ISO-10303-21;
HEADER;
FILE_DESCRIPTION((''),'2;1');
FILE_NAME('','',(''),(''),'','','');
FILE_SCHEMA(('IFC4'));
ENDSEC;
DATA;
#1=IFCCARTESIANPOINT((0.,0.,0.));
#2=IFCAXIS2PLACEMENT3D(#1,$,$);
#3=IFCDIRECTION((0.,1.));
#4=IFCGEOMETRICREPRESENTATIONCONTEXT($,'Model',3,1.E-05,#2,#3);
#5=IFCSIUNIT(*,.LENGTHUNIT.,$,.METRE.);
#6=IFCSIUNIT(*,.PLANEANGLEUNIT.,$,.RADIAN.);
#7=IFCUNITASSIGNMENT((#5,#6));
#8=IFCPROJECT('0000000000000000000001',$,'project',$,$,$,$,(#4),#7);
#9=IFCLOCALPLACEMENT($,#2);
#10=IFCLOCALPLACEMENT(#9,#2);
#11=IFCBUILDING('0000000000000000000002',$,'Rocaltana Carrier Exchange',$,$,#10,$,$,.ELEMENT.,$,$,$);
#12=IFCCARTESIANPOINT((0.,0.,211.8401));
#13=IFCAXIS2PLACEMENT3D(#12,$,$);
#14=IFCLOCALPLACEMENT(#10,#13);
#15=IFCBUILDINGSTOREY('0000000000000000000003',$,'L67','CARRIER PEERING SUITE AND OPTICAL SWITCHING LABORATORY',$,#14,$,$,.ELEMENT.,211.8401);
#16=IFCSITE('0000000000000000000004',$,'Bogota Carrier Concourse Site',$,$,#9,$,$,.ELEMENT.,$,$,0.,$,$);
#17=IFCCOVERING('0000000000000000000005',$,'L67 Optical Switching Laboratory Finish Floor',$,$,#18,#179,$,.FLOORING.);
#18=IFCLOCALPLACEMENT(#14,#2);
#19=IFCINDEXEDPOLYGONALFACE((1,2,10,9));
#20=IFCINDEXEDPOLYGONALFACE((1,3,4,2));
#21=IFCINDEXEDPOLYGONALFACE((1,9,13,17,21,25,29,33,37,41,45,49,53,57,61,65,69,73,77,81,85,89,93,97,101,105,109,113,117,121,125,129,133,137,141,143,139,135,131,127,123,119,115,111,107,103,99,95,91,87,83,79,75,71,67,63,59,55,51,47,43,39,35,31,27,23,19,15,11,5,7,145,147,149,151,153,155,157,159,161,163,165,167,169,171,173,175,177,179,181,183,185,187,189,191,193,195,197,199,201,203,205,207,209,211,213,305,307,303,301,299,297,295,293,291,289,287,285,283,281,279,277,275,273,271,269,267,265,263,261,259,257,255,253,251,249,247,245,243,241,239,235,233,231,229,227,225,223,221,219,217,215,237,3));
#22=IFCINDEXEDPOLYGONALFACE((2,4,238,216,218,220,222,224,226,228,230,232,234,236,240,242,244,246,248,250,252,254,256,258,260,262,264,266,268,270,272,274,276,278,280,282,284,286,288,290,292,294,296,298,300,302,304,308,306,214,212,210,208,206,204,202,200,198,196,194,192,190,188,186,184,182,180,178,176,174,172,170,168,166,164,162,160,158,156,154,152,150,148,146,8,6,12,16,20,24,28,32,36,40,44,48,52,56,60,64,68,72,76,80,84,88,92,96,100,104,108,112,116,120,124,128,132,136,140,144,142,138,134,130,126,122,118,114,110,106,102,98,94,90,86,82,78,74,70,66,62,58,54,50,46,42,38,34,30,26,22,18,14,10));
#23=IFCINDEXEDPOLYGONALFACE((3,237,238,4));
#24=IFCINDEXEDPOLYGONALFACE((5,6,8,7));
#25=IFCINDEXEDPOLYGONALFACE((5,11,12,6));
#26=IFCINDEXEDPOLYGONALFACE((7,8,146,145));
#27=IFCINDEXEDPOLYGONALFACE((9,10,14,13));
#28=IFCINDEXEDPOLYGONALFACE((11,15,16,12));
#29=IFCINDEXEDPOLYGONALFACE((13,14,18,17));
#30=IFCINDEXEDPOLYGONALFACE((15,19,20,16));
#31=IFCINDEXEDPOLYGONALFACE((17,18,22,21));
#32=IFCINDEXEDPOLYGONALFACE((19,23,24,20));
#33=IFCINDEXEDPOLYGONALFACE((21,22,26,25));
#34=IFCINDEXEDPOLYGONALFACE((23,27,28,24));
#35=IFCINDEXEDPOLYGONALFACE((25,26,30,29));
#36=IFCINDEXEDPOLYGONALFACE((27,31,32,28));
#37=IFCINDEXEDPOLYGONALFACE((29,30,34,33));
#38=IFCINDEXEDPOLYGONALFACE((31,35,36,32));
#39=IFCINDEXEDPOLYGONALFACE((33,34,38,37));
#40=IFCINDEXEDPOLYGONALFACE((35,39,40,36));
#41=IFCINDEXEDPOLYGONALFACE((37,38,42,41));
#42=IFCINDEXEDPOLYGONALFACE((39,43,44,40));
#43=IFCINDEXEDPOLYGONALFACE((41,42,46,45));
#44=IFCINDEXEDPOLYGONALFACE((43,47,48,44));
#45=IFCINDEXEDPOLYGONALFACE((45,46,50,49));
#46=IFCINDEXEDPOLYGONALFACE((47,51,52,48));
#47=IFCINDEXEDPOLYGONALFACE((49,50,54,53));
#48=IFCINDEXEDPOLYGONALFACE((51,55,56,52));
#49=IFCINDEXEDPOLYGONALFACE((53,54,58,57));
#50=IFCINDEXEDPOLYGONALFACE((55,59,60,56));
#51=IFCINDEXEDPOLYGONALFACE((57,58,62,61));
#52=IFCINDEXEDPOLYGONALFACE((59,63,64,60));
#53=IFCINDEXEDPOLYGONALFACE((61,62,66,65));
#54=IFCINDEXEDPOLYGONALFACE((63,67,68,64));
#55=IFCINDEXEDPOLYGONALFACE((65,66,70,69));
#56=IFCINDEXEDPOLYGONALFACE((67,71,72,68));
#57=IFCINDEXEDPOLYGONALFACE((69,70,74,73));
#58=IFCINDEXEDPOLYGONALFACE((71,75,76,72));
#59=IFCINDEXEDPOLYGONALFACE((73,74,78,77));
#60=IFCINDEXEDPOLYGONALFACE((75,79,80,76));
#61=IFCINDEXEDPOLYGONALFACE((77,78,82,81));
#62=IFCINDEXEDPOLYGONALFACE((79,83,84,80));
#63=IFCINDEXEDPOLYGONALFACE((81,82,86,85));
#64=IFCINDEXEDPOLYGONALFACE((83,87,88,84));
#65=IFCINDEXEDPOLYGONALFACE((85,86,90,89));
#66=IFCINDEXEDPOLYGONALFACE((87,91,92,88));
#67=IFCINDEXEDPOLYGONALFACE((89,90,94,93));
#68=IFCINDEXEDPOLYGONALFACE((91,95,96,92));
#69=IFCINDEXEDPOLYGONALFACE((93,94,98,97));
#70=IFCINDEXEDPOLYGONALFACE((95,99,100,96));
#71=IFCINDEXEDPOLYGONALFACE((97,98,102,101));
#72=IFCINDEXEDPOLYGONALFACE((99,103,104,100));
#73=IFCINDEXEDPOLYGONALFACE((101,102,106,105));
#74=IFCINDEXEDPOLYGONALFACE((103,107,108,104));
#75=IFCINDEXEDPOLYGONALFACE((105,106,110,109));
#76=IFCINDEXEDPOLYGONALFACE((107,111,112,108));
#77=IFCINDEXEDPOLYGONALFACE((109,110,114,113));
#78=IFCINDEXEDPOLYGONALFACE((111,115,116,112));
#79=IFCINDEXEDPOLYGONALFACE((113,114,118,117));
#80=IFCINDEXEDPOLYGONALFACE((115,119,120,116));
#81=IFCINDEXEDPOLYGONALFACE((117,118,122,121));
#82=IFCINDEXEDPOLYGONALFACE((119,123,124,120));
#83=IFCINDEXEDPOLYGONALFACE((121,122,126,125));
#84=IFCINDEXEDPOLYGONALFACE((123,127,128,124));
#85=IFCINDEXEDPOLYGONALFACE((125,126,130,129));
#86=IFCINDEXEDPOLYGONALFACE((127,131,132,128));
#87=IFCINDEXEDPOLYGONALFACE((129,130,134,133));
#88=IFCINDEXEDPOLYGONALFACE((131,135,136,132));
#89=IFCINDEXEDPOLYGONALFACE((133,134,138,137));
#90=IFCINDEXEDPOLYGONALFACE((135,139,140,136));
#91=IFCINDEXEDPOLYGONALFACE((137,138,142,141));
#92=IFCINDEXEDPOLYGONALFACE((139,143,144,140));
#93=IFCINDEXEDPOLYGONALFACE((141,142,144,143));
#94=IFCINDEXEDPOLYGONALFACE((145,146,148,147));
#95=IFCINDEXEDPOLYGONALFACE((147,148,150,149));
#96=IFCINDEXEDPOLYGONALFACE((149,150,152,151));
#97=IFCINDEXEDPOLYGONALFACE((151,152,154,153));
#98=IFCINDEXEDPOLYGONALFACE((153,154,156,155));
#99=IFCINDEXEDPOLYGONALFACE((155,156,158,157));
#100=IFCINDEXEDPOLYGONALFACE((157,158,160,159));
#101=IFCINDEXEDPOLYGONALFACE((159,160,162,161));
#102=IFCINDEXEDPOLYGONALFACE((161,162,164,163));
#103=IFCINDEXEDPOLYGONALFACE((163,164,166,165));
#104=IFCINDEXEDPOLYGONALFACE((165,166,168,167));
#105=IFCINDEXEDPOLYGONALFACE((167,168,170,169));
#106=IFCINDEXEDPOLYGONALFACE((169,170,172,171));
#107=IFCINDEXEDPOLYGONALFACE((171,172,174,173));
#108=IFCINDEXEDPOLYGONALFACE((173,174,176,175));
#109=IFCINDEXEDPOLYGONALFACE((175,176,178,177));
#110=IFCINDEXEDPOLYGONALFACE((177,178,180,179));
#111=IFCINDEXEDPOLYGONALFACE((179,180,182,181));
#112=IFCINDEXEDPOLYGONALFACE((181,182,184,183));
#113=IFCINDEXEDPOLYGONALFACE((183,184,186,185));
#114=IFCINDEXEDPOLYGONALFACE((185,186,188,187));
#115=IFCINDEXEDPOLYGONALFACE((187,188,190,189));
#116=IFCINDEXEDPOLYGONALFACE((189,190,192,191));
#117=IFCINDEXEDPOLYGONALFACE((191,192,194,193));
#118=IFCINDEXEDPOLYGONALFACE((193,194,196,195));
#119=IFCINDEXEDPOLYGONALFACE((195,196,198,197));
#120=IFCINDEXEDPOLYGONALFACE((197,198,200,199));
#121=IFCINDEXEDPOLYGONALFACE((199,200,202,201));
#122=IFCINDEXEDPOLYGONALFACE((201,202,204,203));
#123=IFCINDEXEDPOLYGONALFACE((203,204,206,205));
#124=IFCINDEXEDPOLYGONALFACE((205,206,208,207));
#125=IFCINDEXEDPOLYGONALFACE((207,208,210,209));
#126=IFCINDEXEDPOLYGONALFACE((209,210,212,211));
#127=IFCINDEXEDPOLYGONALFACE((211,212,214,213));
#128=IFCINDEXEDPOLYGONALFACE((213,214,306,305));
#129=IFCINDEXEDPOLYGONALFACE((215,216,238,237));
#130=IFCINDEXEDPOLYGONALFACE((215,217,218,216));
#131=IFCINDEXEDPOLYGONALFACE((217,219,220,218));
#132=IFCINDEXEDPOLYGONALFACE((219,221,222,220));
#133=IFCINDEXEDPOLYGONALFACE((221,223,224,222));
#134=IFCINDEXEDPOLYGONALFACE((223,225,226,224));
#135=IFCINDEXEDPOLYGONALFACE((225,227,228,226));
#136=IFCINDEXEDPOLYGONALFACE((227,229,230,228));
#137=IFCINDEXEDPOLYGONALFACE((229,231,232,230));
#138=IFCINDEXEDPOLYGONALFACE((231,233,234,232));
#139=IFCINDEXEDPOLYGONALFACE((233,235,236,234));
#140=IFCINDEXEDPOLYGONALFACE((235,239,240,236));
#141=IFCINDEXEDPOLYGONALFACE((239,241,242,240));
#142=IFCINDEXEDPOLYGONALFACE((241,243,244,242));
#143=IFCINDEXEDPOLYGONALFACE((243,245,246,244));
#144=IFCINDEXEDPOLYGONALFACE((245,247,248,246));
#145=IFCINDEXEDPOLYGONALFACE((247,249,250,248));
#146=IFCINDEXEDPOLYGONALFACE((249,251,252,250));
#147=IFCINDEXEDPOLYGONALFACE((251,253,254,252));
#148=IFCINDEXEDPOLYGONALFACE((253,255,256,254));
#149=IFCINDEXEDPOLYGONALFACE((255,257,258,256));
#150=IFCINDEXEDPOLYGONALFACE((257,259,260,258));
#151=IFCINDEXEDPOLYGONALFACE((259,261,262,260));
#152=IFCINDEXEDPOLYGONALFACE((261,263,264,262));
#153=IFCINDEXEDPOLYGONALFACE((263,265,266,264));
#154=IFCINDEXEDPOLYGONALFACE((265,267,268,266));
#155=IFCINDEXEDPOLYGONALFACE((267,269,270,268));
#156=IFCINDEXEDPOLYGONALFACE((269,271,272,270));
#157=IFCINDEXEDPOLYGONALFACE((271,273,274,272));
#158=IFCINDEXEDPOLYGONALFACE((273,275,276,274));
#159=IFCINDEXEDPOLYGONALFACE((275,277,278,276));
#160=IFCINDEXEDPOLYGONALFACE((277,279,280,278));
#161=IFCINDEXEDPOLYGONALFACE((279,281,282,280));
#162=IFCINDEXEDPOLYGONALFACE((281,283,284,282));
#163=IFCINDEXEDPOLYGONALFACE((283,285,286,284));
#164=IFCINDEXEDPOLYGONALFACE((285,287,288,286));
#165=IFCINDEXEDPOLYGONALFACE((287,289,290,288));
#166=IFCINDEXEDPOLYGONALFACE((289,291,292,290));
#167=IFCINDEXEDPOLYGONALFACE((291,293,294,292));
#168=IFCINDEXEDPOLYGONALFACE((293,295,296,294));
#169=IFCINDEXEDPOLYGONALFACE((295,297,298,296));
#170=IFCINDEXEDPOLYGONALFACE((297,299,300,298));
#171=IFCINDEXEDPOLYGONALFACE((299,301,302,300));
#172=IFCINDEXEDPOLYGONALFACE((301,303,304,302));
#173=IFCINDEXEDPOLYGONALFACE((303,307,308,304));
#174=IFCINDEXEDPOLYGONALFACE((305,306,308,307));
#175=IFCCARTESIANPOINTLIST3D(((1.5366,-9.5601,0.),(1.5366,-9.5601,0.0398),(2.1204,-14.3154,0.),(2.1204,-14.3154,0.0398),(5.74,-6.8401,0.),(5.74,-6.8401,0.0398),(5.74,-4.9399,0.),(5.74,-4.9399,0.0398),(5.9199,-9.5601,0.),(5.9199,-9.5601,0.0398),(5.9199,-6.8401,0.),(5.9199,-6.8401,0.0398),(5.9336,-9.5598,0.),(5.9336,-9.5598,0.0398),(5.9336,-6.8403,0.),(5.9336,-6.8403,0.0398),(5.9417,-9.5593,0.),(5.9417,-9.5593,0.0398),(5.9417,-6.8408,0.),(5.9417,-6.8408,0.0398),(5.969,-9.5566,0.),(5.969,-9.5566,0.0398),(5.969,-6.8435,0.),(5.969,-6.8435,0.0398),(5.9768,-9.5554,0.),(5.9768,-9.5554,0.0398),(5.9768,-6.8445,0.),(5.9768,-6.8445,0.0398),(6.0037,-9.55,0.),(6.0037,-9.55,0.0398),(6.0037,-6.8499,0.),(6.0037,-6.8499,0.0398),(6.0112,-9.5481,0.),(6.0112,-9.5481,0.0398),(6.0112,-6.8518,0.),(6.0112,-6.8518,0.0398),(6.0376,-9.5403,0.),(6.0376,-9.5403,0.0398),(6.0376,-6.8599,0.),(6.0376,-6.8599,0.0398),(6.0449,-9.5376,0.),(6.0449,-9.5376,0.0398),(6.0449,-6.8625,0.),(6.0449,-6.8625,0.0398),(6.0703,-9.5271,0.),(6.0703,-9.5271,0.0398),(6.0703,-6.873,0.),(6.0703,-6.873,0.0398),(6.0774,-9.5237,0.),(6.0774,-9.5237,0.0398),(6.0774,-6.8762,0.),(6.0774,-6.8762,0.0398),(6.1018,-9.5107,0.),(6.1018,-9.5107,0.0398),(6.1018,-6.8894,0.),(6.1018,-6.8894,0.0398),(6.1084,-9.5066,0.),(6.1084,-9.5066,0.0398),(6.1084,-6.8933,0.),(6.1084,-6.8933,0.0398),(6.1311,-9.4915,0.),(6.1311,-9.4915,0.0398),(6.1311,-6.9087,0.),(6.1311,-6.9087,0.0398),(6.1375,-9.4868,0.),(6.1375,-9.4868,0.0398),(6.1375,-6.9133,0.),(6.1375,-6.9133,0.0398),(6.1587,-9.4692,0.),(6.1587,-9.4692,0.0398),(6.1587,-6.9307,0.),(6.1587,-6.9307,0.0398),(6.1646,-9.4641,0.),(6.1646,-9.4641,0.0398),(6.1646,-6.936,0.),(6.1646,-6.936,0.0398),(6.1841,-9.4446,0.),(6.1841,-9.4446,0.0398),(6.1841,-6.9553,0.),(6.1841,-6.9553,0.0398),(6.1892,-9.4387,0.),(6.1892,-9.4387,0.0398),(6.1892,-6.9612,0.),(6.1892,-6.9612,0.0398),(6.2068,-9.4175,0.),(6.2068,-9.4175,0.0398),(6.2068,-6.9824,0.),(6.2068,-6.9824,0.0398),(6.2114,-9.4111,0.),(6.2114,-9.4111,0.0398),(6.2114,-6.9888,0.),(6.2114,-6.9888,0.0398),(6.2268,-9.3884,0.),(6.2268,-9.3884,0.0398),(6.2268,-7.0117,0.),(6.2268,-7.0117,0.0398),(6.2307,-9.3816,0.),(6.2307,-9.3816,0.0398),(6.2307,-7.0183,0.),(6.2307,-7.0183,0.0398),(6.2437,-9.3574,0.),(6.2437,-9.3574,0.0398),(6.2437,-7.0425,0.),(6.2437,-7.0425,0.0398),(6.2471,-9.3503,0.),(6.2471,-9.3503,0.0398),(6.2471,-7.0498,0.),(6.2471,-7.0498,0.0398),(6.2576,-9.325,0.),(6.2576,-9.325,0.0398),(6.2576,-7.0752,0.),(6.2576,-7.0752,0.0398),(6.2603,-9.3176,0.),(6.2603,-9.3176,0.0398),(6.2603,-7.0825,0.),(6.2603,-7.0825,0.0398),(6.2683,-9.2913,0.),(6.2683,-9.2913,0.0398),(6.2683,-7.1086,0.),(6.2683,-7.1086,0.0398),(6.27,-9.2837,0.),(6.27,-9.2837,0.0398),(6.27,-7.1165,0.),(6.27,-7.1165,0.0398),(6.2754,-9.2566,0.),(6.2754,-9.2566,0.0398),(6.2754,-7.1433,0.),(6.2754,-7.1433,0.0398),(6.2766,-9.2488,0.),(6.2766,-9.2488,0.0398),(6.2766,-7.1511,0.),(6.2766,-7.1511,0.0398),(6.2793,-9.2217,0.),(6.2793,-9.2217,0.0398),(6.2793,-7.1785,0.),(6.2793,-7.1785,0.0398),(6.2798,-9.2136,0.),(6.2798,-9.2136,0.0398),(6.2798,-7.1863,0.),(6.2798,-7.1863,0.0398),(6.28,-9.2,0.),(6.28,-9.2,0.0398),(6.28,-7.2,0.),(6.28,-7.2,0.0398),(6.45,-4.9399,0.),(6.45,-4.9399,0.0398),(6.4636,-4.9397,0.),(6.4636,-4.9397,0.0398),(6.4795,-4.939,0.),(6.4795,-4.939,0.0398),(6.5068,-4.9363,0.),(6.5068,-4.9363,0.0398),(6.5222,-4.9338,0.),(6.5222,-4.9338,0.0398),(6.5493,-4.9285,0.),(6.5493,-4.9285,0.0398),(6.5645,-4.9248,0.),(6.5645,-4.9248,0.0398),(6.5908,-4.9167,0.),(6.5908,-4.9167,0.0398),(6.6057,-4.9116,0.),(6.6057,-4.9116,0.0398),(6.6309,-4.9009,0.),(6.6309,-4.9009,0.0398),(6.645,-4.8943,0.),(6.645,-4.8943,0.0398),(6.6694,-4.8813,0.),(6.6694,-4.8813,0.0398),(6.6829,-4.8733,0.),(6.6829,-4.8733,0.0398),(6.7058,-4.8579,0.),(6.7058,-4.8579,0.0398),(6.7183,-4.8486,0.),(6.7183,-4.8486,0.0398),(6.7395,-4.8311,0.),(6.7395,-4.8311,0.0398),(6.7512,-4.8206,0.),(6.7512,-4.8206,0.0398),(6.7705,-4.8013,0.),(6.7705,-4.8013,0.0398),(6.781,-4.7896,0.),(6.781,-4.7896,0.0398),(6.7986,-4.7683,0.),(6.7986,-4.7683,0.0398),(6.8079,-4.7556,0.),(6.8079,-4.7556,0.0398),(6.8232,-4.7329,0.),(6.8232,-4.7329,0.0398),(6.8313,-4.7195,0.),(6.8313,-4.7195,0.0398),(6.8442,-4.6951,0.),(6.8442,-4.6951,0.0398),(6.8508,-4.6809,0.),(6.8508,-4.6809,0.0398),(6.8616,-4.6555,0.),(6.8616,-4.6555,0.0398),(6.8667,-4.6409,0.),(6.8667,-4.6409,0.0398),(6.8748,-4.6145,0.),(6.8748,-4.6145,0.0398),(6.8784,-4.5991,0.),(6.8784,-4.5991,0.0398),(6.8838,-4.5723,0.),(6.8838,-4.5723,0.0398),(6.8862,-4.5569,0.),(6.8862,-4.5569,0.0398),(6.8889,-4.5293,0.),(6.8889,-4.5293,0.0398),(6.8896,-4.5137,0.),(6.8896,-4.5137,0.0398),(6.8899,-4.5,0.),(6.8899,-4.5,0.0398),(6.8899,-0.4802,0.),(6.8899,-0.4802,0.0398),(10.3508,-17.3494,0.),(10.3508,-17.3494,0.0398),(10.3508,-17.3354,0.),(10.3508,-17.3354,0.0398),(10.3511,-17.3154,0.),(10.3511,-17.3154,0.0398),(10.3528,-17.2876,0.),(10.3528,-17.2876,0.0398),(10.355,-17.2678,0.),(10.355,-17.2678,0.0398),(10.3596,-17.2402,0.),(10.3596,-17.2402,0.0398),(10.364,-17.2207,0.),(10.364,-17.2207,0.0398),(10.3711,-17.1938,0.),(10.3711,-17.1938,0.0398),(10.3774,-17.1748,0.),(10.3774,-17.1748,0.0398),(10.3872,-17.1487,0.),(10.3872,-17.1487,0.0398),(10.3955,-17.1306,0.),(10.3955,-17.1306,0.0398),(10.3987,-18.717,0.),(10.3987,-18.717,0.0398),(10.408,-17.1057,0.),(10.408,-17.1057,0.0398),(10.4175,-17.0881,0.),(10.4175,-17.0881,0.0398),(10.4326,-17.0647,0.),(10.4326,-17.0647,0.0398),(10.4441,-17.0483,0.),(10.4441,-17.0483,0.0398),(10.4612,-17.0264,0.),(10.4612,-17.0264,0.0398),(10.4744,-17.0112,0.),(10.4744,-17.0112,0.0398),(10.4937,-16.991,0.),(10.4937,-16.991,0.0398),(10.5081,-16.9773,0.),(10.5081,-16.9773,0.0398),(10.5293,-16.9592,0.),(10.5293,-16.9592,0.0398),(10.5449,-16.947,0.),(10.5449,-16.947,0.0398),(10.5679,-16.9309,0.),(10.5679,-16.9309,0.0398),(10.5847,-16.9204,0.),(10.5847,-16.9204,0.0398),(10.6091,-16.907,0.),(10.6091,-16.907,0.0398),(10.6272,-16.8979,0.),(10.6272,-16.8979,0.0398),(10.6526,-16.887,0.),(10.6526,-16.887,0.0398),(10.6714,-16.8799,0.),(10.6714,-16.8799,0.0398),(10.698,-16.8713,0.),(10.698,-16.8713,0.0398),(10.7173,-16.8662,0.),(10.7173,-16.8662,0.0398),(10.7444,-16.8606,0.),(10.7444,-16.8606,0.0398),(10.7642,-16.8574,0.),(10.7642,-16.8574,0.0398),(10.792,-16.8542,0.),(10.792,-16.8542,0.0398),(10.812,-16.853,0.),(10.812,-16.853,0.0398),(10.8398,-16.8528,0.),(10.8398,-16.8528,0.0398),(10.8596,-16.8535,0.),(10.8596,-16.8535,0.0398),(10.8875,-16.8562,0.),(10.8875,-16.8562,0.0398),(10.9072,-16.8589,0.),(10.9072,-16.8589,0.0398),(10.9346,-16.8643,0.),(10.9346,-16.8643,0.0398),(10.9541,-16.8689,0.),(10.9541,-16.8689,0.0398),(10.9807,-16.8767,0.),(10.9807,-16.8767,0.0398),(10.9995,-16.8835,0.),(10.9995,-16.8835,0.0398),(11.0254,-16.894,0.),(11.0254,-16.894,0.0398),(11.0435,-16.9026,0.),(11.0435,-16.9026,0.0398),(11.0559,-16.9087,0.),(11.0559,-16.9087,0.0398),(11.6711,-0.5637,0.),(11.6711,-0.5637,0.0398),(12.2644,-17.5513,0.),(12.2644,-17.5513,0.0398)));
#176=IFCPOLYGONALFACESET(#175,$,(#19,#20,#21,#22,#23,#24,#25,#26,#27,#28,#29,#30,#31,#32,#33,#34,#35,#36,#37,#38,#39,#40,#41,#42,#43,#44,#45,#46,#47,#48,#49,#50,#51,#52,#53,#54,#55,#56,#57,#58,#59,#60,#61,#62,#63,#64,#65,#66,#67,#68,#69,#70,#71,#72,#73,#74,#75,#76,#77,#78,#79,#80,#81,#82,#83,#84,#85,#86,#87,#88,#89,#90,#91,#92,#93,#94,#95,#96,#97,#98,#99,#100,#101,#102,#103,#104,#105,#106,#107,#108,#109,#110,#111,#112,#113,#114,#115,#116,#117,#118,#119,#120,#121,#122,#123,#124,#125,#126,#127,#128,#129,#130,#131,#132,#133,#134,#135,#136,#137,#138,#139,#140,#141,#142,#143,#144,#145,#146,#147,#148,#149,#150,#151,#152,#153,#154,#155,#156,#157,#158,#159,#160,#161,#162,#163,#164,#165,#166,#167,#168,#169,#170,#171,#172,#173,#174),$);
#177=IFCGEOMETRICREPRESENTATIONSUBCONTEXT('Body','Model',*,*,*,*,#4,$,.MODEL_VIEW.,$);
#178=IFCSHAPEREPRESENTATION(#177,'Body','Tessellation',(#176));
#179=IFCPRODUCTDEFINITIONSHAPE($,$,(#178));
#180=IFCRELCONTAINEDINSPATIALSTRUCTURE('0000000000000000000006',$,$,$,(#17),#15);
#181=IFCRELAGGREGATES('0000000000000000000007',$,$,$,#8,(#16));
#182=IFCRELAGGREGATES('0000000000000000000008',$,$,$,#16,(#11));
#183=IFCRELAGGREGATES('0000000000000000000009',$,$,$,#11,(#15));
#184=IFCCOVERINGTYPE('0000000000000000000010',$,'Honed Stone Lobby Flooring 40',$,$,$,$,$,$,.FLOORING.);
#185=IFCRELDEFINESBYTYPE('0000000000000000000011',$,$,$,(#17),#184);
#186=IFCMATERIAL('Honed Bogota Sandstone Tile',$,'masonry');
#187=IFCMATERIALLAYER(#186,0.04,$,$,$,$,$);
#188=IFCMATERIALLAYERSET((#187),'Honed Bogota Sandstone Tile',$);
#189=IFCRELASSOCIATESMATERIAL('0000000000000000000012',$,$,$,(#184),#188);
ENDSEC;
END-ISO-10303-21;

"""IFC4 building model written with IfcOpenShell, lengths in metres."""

from ifc_helpers import new_model, si_unit, direction, frame, origin, place, context, subcontext, project, spatial, polyline, outline, extrude, material, layer, layer_set, type_object, element, save


model = new_model("IFC4")

# Units and contexts
model_context = context("Model", 3, precision=1e-05, world=origin(), true_north=direction((0.0, 1.0)))
body_context = subcontext(model_context, "Body", "Model", "MODEL_VIEW")
ifc_project = project(units=[si_unit("LENGTHUNIT", "METRE"), si_unit("PLANEANGLEUNIT", "RADIAN")], contexts=[model_context])

# Site, building, storey
site_placement = place(None, origin())
site = spatial("IfcSite", under=ifc_project, at=site_placement, Name="Bogota Carrier Concourse Site", CompositionType="ELEMENT", RefElevation=0.0)
building_placement = place(site_placement, origin())
building = spatial("IfcBuilding", under=site, at=building_placement, Name="Rocaltana Carrier Exchange", CompositionType="ELEMENT")
storey_placement = place(building_placement, frame((0.0, 0.0, 211.8401)))
storey = spatial("IfcBuildingStorey", under=building, at=storey_placement, Name="L67", Description="CARRIER PEERING SUITE AND OPTICAL SWITCHING LABORATORY", CompositionType="ELEMENT", Elevation=211.8401)

# Covering
ifc_material_1 = material(Name="Honed Bogota Sandstone Tile", Category="masonry")
ifc_layer_1 = layer(ifc_material_1, 0.04)
ifc_layer_set_1 = layer_set([ifc_layer_1], Name="Honed Bogota Sandstone Tile")
covering_type_1 = type_object("IfcCoveringType", Name="Honed Stone Lobby Flooring 40", PredefinedType="FLOORING", material=ifc_layer_set_1)
covering_1_placement = place(storey_placement, origin())
element("IfcCovering", 1, at=covering_1_placement, inside=storey, type_object=covering_type_1, Name="L67 Optical Switching Laboratory Finish Floor", PredefinedType="FLOORING", context=body_context, shape_type="SweptSolid", body=[
    extrude(outline(polyline([(5.74, -6.8401), (5.74, -4.9399), (6.45, -4.9399), (6.4636, -4.9397), (6.4795, -4.939), (6.5068, -4.9363), (6.5222, -4.9338), (6.5493, -4.9285), (6.5645, -4.9248), (6.5908, -4.9167), (6.6057, -4.9116), (6.6309, -4.9009), (6.645, -4.8943), (6.6694, -4.8813), (6.6829, -4.8733), (6.7058, -4.8579), (6.7183, -4.8486), (6.7395, -4.8311), (6.7512, -4.8206), (6.7705, -4.8013), (6.781, -4.7896), (6.7986, -4.7683), (6.8079, -4.7556), (6.8232, -4.7329), (6.8313, -4.7195), (6.8442, -4.6951), (6.8508, -4.6809), (6.8616, -4.6555), (6.8667, -4.6409), (6.8748, -4.6145), (6.8784, -4.5991), (6.8838, -4.5723), (6.8862, -4.5569), (6.8889, -4.5293), (6.8896, -4.5137), (6.8899, -4.5), (6.8899, -0.4802), (11.6711, -0.5637), (12.2644, -17.5513), (11.0559, -16.9087), (11.0435, -16.9026), (11.0254, -16.894), (10.9995, -16.8835), (10.9807, -16.8767), (10.9541, -16.8689), (10.9346, -16.8643), (10.9072, -16.8589), (10.8875, -16.8562), (10.8596, -16.8535), (10.8398, -16.8528), (10.812, -16.853), (10.792, -16.8542), (10.7642, -16.8574), (10.7444, -16.8606), (10.7173, -16.8662), (10.698, -16.8713), (10.6714, -16.8799), (10.6526, -16.887), (10.6272, -16.8979), (10.6091, -16.907), (10.5847, -16.9204), (10.5679, -16.9309), (10.5449, -16.947), (10.5293, -16.9592), (10.5081, -16.9773), (10.4937, -16.991), (10.4744, -17.0112), (10.4612, -17.0264), (10.4441, -17.0483), (10.4326, -17.0647), (10.4175, -17.0881), (10.408, -17.1057), (10.3955, -17.1306), (10.3872, -17.1487), (10.3774, -17.1748), (10.3711, -17.1938), (10.364, -17.2207), (10.3596, -17.2402), (10.355, -17.2678), (10.3528, -17.2876), (10.3511, -17.3154), (10.3508, -17.3354), (10.3508, -17.3494), (10.3987, -18.717), (2.1204, -14.3154), (1.5366, -9.5601), (5.9199, -9.5601), (5.9336, -9.5598), (5.9417, -9.5593), (5.969, -9.5566), (5.9768, -9.5554), (6.0037, -9.55), (6.0112, -9.5481), (6.0376, -9.5403), (6.0449, -9.5376), (6.0703, -9.5271), (6.0774, -9.5237), (6.1018, -9.5107), (6.1084, -9.5066), (6.1311, -9.4915), (6.1375, -9.4868), (6.1587, -9.4692), (6.1646, -9.4641), (6.1841, -9.4446), (6.1892, -9.4387), (6.2068, -9.4175), (6.2114, -9.4111), (6.2268, -9.3884), (6.2307, -9.3816), (6.2437, -9.3574), (6.2471, -9.3503), (6.2576, -9.325), (6.2603, -9.3176), (6.2683, -9.2913), (6.27, -9.2837), (6.2754, -9.2566), (6.2766, -9.2488), (6.2793, -9.2217), (6.2798, -9.2136), (6.28, -9.2), (6.28, -7.2), (6.2798, -7.1863), (6.2793, -7.1785), (6.2766, -7.1511), (6.2754, -7.1433), (6.27, -7.1165), (6.2683, -7.1086), (6.2603, -7.0825), (6.2576, -7.0752), (6.2471, -7.0498), (6.2437, -7.0425), (6.2307, -7.0183), (6.2268, -7.0117), (6.2114, -6.9888), (6.2068, -6.9824), (6.1892, -6.9612), (6.1841, -6.9553), (6.1646, -6.936), (6.1587, -6.9307), (6.1375, -6.9133), (6.1311, -6.9087), (6.1084, -6.8933), (6.1018, -6.8894), (6.0774, -6.8762), (6.0703, -6.873), (6.0449, -6.8625), (6.0376, -6.8599), (6.0112, -6.8518), (6.0037, -6.8499), (5.9768, -6.8445), (5.969, -6.8435), (5.9417, -6.8408), (5.9336, -6.8403), (5.9199, -6.8401), (5.74, -6.8401)])), origin(), (0.0, 0.0, 1.0), 0.0398),
])

save(model, "model.ifc")
